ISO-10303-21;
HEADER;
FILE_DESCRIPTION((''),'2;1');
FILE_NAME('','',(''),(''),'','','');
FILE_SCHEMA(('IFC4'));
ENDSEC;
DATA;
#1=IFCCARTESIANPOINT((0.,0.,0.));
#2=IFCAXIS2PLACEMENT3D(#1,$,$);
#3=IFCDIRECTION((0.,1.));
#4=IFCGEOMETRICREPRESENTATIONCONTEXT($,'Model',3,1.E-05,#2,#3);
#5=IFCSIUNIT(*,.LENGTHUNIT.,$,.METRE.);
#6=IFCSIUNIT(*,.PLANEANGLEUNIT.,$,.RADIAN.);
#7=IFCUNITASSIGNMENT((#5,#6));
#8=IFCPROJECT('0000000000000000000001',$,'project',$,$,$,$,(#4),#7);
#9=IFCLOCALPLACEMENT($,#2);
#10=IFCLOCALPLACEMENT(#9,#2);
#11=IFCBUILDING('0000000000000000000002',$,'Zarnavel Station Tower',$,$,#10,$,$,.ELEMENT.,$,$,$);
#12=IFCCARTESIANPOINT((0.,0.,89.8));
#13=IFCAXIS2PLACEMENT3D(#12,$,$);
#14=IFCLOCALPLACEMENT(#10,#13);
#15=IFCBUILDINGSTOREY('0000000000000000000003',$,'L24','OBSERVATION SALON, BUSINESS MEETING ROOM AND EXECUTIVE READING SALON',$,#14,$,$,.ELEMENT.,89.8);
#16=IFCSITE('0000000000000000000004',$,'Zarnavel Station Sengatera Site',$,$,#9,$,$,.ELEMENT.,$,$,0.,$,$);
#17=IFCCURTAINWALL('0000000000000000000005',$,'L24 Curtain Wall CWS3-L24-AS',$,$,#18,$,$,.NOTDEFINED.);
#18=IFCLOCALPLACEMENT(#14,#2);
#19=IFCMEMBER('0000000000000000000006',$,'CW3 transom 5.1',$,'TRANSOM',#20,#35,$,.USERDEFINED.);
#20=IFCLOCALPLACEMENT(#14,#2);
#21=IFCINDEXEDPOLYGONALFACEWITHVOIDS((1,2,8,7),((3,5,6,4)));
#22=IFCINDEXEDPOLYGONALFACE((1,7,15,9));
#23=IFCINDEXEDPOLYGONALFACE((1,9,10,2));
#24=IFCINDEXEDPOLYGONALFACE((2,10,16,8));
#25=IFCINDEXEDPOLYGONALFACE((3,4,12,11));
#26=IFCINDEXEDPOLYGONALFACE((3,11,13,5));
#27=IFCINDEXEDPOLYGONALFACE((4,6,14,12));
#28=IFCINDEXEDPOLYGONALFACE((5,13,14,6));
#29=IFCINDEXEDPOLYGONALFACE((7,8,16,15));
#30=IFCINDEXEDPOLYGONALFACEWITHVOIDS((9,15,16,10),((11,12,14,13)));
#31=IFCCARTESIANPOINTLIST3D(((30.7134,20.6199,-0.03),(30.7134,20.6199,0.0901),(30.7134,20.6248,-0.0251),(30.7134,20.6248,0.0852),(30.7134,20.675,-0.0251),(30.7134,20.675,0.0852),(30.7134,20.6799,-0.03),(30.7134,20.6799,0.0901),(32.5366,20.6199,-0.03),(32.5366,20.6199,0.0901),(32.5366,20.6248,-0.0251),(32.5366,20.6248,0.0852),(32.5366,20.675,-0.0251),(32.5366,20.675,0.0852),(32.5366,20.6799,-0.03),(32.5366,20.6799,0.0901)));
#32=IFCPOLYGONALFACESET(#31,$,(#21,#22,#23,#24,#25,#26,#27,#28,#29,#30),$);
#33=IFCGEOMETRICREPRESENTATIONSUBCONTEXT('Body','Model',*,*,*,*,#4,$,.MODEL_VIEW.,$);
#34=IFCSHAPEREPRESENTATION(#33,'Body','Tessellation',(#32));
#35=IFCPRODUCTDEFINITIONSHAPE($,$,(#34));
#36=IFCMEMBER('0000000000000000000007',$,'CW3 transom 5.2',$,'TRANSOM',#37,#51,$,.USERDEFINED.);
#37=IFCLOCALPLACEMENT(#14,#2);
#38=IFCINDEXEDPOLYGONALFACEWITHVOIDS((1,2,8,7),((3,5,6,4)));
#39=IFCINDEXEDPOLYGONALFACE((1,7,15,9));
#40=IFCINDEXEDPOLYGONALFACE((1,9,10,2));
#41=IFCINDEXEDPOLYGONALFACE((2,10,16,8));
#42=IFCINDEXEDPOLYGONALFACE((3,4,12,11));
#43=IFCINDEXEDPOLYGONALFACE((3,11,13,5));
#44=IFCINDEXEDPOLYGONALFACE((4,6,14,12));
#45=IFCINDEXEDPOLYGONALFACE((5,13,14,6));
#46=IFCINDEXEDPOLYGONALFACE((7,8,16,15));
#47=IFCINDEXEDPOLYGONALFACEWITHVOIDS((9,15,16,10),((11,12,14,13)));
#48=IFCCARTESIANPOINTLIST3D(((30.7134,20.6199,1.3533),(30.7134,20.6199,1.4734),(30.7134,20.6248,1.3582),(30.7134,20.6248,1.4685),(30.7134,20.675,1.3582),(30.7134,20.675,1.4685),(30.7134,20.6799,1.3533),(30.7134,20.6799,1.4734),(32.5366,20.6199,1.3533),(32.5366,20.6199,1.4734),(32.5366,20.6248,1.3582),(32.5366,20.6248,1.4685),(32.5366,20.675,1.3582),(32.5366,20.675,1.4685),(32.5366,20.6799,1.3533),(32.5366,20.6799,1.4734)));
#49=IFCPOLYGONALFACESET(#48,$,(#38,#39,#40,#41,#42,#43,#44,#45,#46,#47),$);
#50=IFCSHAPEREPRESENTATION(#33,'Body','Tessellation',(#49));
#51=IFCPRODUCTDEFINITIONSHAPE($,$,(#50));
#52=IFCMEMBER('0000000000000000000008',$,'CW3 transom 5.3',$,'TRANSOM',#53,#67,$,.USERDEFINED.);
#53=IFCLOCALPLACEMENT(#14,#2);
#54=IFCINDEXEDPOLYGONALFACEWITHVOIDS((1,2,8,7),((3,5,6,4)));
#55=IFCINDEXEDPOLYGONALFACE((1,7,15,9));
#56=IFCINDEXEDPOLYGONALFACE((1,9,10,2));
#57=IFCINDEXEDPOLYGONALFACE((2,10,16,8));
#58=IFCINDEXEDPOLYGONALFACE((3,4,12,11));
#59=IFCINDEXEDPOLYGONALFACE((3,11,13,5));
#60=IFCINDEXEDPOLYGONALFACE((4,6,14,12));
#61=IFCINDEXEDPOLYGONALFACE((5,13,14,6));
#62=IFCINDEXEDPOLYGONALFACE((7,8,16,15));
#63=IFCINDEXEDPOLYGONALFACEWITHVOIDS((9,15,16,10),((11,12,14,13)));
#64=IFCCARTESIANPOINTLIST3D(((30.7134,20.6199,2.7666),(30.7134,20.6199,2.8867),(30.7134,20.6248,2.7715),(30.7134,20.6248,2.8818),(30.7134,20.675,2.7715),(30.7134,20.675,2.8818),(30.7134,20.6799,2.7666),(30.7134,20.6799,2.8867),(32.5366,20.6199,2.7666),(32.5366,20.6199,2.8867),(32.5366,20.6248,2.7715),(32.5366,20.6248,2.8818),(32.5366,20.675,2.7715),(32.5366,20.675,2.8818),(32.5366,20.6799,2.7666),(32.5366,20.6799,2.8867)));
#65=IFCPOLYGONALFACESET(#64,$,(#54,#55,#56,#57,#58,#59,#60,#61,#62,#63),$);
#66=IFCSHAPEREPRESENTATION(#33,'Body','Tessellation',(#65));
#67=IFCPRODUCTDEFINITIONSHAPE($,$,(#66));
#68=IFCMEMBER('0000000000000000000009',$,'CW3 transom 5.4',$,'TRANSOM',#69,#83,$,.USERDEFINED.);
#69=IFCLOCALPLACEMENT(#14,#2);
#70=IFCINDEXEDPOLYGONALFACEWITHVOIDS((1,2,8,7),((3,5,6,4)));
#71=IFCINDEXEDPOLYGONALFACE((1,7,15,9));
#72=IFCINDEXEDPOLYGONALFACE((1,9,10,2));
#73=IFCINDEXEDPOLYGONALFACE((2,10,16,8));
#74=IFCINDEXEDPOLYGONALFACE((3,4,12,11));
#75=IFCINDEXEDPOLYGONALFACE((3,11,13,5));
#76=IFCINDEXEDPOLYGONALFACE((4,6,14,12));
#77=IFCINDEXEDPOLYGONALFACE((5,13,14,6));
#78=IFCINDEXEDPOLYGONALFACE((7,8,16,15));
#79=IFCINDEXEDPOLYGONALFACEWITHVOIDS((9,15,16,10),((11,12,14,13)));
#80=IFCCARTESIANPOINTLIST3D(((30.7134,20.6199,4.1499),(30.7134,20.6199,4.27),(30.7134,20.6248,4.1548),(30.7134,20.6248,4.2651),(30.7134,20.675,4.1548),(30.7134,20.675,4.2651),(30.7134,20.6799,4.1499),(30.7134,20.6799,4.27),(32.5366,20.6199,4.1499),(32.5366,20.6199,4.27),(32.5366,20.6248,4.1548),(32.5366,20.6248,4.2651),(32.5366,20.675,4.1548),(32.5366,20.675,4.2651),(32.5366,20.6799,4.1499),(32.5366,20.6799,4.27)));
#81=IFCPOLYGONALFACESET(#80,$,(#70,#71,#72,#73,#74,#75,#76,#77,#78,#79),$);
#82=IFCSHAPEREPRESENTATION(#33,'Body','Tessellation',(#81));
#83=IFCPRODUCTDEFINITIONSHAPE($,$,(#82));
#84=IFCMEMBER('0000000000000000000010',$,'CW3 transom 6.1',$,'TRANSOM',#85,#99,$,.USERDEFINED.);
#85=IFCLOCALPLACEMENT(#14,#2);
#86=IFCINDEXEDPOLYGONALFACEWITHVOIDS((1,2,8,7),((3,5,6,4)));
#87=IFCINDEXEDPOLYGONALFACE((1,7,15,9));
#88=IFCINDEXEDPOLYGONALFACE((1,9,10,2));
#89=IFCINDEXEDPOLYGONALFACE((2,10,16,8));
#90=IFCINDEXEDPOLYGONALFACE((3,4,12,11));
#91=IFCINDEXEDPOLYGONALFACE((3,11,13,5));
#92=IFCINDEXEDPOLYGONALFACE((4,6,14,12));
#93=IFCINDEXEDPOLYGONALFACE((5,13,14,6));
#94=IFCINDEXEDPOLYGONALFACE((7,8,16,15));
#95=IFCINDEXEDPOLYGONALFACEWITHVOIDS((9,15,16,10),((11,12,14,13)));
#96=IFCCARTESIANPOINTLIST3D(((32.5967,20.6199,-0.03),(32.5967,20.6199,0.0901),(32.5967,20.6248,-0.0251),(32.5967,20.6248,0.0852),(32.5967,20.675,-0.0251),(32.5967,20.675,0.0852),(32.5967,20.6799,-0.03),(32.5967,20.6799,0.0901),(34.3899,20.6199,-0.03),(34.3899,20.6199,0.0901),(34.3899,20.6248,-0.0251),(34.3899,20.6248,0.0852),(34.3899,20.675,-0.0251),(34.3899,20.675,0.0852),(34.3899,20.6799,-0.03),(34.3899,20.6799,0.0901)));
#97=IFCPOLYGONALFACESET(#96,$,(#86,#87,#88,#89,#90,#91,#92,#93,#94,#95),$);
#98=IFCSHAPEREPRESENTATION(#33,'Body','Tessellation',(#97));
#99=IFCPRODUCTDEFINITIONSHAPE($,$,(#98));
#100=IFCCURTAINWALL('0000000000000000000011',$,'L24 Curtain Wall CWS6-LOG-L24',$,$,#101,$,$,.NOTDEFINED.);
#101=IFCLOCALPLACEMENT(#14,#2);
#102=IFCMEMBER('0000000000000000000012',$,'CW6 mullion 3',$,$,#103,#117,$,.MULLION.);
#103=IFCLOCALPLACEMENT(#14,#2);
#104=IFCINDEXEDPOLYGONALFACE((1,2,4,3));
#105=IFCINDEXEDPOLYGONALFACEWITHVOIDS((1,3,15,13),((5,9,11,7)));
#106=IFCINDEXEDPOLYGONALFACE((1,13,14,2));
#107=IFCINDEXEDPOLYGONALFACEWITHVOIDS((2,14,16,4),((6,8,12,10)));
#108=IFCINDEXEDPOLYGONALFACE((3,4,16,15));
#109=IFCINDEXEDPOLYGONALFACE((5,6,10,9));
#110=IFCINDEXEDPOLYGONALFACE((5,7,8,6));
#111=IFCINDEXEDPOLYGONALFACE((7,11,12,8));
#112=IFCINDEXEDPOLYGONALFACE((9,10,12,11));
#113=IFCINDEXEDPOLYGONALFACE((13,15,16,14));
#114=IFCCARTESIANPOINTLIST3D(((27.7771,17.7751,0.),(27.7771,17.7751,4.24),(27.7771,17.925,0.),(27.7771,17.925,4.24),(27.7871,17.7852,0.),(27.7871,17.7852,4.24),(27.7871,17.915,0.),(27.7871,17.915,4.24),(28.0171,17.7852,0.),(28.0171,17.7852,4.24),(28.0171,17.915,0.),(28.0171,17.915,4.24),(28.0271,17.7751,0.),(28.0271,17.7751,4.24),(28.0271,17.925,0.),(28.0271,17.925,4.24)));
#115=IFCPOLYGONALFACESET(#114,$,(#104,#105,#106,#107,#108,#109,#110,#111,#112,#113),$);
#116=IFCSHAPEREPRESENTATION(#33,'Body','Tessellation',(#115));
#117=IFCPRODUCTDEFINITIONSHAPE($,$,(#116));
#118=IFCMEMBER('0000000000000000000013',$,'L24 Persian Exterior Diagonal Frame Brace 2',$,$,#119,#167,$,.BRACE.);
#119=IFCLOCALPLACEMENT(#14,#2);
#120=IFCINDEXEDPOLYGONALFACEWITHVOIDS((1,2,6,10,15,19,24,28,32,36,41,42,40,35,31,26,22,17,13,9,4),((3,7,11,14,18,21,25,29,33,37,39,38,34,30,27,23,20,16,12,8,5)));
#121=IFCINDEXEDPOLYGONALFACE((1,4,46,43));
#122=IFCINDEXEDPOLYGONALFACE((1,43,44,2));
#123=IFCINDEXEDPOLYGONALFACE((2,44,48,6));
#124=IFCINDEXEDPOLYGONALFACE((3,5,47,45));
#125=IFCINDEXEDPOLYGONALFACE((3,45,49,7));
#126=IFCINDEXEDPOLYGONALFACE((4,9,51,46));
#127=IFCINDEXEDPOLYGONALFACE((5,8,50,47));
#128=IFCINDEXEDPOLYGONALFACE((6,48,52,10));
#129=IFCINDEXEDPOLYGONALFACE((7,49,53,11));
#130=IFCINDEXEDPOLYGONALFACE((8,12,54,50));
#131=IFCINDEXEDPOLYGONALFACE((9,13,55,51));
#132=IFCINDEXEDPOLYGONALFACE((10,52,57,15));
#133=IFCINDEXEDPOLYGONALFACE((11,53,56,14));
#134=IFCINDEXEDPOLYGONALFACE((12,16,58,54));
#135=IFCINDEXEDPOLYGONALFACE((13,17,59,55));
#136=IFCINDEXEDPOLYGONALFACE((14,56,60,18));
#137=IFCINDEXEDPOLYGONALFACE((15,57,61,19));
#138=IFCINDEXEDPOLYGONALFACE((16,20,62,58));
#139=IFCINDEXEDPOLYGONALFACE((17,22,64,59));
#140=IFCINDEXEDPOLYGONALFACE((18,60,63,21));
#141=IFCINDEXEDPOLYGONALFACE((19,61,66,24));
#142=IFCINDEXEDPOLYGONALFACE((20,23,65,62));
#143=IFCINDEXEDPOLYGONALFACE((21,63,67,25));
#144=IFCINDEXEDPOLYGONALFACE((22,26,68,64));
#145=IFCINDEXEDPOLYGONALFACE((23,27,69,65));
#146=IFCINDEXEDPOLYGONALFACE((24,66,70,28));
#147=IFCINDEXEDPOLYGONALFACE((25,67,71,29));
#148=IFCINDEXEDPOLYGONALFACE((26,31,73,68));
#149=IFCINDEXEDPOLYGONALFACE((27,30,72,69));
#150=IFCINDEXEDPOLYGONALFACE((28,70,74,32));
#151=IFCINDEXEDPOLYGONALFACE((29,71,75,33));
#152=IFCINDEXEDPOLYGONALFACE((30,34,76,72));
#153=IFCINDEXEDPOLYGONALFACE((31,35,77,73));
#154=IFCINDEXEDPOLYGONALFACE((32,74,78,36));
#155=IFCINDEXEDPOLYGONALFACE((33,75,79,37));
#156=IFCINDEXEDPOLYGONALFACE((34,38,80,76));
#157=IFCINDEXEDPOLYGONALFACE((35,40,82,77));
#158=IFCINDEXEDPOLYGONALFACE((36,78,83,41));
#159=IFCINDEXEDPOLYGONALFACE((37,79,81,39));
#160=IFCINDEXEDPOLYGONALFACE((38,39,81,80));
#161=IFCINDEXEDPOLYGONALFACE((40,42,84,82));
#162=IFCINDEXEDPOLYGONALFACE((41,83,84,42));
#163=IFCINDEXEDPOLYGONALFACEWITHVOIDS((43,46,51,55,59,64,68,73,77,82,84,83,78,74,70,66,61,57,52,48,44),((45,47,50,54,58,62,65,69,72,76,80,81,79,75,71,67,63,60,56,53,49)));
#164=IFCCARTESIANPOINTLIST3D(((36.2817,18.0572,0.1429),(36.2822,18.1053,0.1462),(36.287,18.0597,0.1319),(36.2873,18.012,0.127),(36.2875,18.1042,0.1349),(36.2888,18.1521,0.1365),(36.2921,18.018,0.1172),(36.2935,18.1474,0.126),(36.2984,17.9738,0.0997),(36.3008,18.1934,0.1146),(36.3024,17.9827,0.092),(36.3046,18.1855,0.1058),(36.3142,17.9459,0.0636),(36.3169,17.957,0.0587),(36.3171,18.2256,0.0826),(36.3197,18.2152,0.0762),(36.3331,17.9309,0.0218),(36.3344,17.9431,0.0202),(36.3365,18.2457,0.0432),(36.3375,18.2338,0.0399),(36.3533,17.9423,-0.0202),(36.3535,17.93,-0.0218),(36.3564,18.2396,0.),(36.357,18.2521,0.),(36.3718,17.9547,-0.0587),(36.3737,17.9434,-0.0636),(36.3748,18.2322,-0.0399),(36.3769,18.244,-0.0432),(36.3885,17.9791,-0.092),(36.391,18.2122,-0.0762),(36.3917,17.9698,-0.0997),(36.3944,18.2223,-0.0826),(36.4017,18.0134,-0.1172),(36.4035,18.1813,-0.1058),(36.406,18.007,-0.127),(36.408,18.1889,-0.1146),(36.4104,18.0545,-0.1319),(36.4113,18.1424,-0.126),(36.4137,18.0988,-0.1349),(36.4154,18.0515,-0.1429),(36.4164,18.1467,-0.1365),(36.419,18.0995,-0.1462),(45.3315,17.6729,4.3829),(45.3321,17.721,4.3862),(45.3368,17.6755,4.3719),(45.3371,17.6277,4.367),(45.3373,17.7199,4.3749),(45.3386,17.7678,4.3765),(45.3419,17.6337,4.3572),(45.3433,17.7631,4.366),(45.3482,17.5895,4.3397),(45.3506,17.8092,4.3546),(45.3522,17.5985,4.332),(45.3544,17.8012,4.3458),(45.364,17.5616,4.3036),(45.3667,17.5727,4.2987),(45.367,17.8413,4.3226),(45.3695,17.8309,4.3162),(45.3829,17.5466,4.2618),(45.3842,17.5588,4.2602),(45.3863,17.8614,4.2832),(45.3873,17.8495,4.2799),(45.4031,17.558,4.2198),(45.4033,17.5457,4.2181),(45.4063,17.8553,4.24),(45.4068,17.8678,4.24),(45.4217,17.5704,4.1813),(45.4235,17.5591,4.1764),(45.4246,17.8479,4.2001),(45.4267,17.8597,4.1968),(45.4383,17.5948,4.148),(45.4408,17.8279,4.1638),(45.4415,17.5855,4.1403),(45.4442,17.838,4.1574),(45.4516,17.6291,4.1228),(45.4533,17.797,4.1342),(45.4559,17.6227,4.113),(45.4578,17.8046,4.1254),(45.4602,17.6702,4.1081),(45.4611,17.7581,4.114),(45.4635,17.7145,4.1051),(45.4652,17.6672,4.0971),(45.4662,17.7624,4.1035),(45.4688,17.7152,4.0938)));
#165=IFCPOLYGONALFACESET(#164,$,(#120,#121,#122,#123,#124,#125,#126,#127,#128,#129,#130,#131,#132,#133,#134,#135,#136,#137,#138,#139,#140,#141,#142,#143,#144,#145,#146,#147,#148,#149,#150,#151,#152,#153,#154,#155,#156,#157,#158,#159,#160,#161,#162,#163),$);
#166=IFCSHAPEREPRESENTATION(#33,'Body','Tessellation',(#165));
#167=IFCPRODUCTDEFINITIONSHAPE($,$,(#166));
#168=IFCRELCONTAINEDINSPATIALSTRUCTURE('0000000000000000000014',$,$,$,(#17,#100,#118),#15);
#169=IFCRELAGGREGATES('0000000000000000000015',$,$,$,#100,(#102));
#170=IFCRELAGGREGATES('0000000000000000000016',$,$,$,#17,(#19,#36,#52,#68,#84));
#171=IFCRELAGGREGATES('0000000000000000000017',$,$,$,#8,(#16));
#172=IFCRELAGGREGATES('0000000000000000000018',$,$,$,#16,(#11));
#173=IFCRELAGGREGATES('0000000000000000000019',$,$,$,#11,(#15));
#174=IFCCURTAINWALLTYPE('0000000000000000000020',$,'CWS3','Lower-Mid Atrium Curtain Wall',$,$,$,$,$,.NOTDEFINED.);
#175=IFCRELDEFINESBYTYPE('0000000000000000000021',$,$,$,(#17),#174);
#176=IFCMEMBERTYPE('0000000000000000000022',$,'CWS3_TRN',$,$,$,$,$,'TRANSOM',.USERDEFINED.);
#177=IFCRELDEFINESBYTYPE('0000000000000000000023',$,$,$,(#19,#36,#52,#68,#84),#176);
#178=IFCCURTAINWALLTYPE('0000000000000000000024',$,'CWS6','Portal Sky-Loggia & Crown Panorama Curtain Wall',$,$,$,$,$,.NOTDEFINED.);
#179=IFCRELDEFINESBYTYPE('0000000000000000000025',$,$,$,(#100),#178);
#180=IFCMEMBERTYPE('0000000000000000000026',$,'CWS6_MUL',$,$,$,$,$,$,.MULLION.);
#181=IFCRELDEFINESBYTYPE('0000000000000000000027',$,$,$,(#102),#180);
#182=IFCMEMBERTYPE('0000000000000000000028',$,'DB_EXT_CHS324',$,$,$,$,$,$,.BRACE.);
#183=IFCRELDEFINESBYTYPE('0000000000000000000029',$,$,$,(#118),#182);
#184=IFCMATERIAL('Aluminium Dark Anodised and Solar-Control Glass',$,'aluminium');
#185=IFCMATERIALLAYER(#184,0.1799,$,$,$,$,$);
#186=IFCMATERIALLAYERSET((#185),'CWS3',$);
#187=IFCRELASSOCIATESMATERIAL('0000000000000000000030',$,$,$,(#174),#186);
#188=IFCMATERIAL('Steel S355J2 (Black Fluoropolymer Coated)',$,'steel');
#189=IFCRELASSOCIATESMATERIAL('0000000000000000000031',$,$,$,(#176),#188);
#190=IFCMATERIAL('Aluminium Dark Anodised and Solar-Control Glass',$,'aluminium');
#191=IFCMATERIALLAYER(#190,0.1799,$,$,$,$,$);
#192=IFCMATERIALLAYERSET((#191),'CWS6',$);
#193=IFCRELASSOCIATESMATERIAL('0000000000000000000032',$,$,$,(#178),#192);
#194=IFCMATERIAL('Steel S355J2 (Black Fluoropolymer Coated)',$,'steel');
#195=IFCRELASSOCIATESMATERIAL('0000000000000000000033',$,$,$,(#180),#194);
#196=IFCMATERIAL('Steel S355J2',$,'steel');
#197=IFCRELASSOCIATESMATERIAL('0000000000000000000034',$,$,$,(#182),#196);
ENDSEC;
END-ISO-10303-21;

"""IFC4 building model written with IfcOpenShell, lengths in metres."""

from ifc_helpers import new_model, si_unit, direction, frame, origin, origin_2d, place, context, subcontext, project, spatial, hollow_rectangle, hollow_circle, extrude, material, layer, layer_set, material_profile, profile_set, type_object, element, aggregate, save


model = new_model("IFC4")

# Units and contexts
model_context = context("Model", 3, precision=1e-05, world=origin(), true_north=direction((0.0, 1.0)))
body_context = subcontext(model_context, "Body", "Model", "MODEL_VIEW")
ifc_project = project(units=[si_unit("LENGTHUNIT", "METRE"), si_unit("PLANEANGLEUNIT", "RADIAN")], contexts=[model_context])

# Site, building, storey
site_placement = place(None, origin())
site = spatial("IfcSite", under=ifc_project, at=site_placement, Name="Zarnavel Station Sengatera Site", CompositionType="ELEMENT", RefElevation=0.0)
building_placement = place(site_placement, origin())
building = spatial("IfcBuilding", under=site, at=building_placement, Name="Zarnavel Station Tower", CompositionType="ELEMENT")
storey_placement = place(building_placement, frame((0.0, 0.0, 89.8)))
storey = spatial("IfcBuildingStorey", under=building, at=storey_placement, Name="L24", Description="OBSERVATION SALON, BUSINESS MEETING ROOM AND EXECUTIVE READING SALON", CompositionType="ELEMENT", Elevation=89.8)

# Curtain wall, members
ifc_material_1 = material(Name="Aluminium Dark Anodised and Solar-Control Glass", Category="aluminium")
ifc_layer_1 = layer(ifc_material_1, 0.1799)
ifc_layer_set_1 = layer_set([ifc_layer_1], Name="CWS3")
curtain_wall_type_1 = type_object("IfcCurtainWallType", Name="CWS3", Description="Lower-Mid Atrium Curtain Wall", PredefinedType="NOTDEFINED", material=ifc_layer_set_1)
curtain_wall_1_placement = place(storey_placement, origin())
curtain_wall_1 = element("IfcCurtainWall", 1, at=curtain_wall_1_placement, inside=storey, type_object=curtain_wall_type_1, Name="L24 Curtain Wall CWS3-L24-AS", PredefinedType="NOTDEFINED")
ifc_material_2 = material(Name="Steel S355J2 (Black Fluoropolymer Coated)", Category="steel")
ifc_material_profile_1 = material_profile(ifc_material_2, hollow_rectangle(XDim=0.0601, YDim=0.1201, WallThickness=0.0049, at=origin_2d()), Name="RHS120x60x5")
ifc_profile_set_1 = profile_set([ifc_material_profile_1], Name="Steel S355J2 (Black Fluoropolymer Coated)")
member_type_1 = type_object("IfcMemberType", Name="CWS3_TRN", ElementType="TRANSOM", PredefinedType="USERDEFINED", material=ifc_profile_set_1)
member_1_placement = place(storey_placement, frame((30.7134, 20.6499, 0.03), z_axis=(1.0, 0.0, 0.0), x_axis=(0.0, 1.0, 0.0)))
member_1 = element("IfcMember", 2, at=member_1_placement, type_object=member_type_1, Name="CW3 transom 5.1", ObjectType="TRANSOM", PredefinedType="USERDEFINED", context=body_context, shape_type="SweptSolid", body=[
    extrude(hollow_rectangle(XDim=0.0601, YDim=0.1201, WallThickness=0.0049, at=origin_2d()), origin(), (0.0, 0.0, 1.0), 1.8232),
])
member_2_placement = place(storey_placement, frame((30.7134, 20.6499, 1.4133), z_axis=(1.0, 0.0, 0.0), x_axis=(0.0, 1.0, 0.0)))
member_2 = element("IfcMember", 3, at=member_2_placement, type_object=member_type_1, Name="CW3 transom 5.2", ObjectType="TRANSOM", PredefinedType="USERDEFINED", context=body_context, shape_type="SweptSolid", body=[
    extrude(hollow_rectangle(XDim=0.0601, YDim=0.1201, WallThickness=0.0049, at=origin_2d()), origin(), (0.0, 0.0, 1.0), 1.8232),
])
member_3_placement = place(storey_placement, frame((30.7134, 20.6499, 2.8267), z_axis=(1.0, 0.0, 0.0), x_axis=(0.0, 1.0, 0.0)))
member_3 = element("IfcMember", 4, at=member_3_placement, type_object=member_type_1, Name="CW3 transom 5.3", ObjectType="TRANSOM", PredefinedType="USERDEFINED", context=body_context, shape_type="SweptSolid", body=[
    extrude(hollow_rectangle(XDim=0.0601, YDim=0.1201, WallThickness=0.0049, at=origin_2d()), origin(), (0.0, 0.0, 1.0), 1.8232),
])
member_4_placement = place(storey_placement, frame((30.7134, 20.6499, 4.21), z_axis=(1.0, 0.0, 0.0), x_axis=(0.0, 1.0, 0.0)))
member_4 = element("IfcMember", 5, at=member_4_placement, type_object=member_type_1, Name="CW3 transom 5.4", ObjectType="TRANSOM", PredefinedType="USERDEFINED", context=body_context, shape_type="SweptSolid", body=[
    extrude(hollow_rectangle(XDim=0.0601, YDim=0.1201, WallThickness=0.0049, at=origin_2d()), origin(), (0.0, 0.0, 1.0), 1.8232),
])
member_5_placement = place(storey_placement, frame((32.5967, 20.6499, 0.03), z_axis=(1.0, 0.0, 0.0), x_axis=(0.0, 1.0, 0.0)))
member_5 = element("IfcMember", 6, at=member_5_placement, type_object=member_type_1, Name="CW3 transom 6.1", ObjectType="TRANSOM", PredefinedType="USERDEFINED", context=body_context, shape_type="SweptSolid", body=[
    extrude(hollow_rectangle(XDim=0.0601, YDim=0.1201, WallThickness=0.0049, at=origin_2d()), origin(), (0.0, 0.0, 1.0), 1.7932),
])

# Curtain wall, member
ifc_material_3 = material(Name="Aluminium Dark Anodised and Solar-Control Glass", Category="aluminium")
ifc_layer_2 = layer(ifc_material_3, 0.1799)
ifc_layer_set_2 = layer_set([ifc_layer_2], Name="CWS6")
curtain_wall_type_2 = type_object("IfcCurtainWallType", Name="CWS6", Description="Portal Sky-Loggia & Crown Panorama Curtain Wall", PredefinedType="NOTDEFINED", material=ifc_layer_set_2)
curtain_wall_2_placement = place(storey_placement, origin())
curtain_wall_2 = element("IfcCurtainWall", 7, at=curtain_wall_2_placement, inside=storey, type_object=curtain_wall_type_2, Name="L24 Curtain Wall CWS6-LOG-L24", PredefinedType="NOTDEFINED")
ifc_material_4 = material(Name="Steel S355J2 (Black Fluoropolymer Coated)", Category="steel")
ifc_material_profile_2 = material_profile(ifc_material_4, hollow_rectangle(XDim=0.1499, YDim=0.25, WallThickness=0.01, at=origin_2d()), Name="RHS250x150x10")
ifc_profile_set_2 = profile_set([ifc_material_profile_2], Name="Steel S355J2 (Black Fluoropolymer Coated)")
member_type_2 = type_object("IfcMemberType", Name="CWS6_MUL", PredefinedType="MULLION", material=ifc_profile_set_2)
member_6_placement = place(storey_placement, frame((27.9021, 17.8501, 0.0), z_axis=(0.0, 0.0, 1.0), x_axis=(0.0, 1.0, 0.0)))
member_6 = element("IfcMember", 8, at=member_6_placement, type_object=member_type_2, Name="CW6 mullion 3", PredefinedType="MULLION", context=body_context, shape_type="SweptSolid", body=[
    extrude(hollow_rectangle(XDim=0.1499, YDim=0.25, WallThickness=0.01, at=origin_2d()), origin(), (0.0, 0.0, 1.0), 4.24),
])
aggregate(curtain_wall_2, [member_6])

# Member
ifc_material_5 = material(Name="Steel S355J2", Category="steel")
ifc_material_profile_3 = material_profile(ifc_material_5, hollow_circle(Radius=0.1619, WallThickness=0.0125, at=origin_2d()), Name="CHS323.9x12.5")
ifc_profile_set_3 = profile_set([ifc_material_profile_3], Name="Steel S355J2")
member_type_3 = type_object("IfcMemberType", Name="DB_EXT_CHS324", PredefinedType="BRACE", material=ifc_profile_set_3)
member_7_placement = place(storey_placement, frame((36.3501, 18.0903, 0.0), z_axis=(0.904871, -0.038423, 0.423948), x_axis=(0.042424, 0.9991, 0.0)))
element("IfcMember", 9, at=member_7_placement, inside=storey, type_object=member_type_3, Name="L24 Persian Exterior Diagonal Frame Brace 2", PredefinedType="BRACE", context=body_context, shape_type="SweptSolid", body=[
    extrude(hollow_circle(Radius=0.1619, WallThickness=0.0125, at=origin_2d()), origin(), (0.0, 0.0, 1.0), 10.0012),
])

aggregate(curtain_wall_1, [member_1, member_2, member_3, member_4, member_5])

save(model, "model.ifc")
